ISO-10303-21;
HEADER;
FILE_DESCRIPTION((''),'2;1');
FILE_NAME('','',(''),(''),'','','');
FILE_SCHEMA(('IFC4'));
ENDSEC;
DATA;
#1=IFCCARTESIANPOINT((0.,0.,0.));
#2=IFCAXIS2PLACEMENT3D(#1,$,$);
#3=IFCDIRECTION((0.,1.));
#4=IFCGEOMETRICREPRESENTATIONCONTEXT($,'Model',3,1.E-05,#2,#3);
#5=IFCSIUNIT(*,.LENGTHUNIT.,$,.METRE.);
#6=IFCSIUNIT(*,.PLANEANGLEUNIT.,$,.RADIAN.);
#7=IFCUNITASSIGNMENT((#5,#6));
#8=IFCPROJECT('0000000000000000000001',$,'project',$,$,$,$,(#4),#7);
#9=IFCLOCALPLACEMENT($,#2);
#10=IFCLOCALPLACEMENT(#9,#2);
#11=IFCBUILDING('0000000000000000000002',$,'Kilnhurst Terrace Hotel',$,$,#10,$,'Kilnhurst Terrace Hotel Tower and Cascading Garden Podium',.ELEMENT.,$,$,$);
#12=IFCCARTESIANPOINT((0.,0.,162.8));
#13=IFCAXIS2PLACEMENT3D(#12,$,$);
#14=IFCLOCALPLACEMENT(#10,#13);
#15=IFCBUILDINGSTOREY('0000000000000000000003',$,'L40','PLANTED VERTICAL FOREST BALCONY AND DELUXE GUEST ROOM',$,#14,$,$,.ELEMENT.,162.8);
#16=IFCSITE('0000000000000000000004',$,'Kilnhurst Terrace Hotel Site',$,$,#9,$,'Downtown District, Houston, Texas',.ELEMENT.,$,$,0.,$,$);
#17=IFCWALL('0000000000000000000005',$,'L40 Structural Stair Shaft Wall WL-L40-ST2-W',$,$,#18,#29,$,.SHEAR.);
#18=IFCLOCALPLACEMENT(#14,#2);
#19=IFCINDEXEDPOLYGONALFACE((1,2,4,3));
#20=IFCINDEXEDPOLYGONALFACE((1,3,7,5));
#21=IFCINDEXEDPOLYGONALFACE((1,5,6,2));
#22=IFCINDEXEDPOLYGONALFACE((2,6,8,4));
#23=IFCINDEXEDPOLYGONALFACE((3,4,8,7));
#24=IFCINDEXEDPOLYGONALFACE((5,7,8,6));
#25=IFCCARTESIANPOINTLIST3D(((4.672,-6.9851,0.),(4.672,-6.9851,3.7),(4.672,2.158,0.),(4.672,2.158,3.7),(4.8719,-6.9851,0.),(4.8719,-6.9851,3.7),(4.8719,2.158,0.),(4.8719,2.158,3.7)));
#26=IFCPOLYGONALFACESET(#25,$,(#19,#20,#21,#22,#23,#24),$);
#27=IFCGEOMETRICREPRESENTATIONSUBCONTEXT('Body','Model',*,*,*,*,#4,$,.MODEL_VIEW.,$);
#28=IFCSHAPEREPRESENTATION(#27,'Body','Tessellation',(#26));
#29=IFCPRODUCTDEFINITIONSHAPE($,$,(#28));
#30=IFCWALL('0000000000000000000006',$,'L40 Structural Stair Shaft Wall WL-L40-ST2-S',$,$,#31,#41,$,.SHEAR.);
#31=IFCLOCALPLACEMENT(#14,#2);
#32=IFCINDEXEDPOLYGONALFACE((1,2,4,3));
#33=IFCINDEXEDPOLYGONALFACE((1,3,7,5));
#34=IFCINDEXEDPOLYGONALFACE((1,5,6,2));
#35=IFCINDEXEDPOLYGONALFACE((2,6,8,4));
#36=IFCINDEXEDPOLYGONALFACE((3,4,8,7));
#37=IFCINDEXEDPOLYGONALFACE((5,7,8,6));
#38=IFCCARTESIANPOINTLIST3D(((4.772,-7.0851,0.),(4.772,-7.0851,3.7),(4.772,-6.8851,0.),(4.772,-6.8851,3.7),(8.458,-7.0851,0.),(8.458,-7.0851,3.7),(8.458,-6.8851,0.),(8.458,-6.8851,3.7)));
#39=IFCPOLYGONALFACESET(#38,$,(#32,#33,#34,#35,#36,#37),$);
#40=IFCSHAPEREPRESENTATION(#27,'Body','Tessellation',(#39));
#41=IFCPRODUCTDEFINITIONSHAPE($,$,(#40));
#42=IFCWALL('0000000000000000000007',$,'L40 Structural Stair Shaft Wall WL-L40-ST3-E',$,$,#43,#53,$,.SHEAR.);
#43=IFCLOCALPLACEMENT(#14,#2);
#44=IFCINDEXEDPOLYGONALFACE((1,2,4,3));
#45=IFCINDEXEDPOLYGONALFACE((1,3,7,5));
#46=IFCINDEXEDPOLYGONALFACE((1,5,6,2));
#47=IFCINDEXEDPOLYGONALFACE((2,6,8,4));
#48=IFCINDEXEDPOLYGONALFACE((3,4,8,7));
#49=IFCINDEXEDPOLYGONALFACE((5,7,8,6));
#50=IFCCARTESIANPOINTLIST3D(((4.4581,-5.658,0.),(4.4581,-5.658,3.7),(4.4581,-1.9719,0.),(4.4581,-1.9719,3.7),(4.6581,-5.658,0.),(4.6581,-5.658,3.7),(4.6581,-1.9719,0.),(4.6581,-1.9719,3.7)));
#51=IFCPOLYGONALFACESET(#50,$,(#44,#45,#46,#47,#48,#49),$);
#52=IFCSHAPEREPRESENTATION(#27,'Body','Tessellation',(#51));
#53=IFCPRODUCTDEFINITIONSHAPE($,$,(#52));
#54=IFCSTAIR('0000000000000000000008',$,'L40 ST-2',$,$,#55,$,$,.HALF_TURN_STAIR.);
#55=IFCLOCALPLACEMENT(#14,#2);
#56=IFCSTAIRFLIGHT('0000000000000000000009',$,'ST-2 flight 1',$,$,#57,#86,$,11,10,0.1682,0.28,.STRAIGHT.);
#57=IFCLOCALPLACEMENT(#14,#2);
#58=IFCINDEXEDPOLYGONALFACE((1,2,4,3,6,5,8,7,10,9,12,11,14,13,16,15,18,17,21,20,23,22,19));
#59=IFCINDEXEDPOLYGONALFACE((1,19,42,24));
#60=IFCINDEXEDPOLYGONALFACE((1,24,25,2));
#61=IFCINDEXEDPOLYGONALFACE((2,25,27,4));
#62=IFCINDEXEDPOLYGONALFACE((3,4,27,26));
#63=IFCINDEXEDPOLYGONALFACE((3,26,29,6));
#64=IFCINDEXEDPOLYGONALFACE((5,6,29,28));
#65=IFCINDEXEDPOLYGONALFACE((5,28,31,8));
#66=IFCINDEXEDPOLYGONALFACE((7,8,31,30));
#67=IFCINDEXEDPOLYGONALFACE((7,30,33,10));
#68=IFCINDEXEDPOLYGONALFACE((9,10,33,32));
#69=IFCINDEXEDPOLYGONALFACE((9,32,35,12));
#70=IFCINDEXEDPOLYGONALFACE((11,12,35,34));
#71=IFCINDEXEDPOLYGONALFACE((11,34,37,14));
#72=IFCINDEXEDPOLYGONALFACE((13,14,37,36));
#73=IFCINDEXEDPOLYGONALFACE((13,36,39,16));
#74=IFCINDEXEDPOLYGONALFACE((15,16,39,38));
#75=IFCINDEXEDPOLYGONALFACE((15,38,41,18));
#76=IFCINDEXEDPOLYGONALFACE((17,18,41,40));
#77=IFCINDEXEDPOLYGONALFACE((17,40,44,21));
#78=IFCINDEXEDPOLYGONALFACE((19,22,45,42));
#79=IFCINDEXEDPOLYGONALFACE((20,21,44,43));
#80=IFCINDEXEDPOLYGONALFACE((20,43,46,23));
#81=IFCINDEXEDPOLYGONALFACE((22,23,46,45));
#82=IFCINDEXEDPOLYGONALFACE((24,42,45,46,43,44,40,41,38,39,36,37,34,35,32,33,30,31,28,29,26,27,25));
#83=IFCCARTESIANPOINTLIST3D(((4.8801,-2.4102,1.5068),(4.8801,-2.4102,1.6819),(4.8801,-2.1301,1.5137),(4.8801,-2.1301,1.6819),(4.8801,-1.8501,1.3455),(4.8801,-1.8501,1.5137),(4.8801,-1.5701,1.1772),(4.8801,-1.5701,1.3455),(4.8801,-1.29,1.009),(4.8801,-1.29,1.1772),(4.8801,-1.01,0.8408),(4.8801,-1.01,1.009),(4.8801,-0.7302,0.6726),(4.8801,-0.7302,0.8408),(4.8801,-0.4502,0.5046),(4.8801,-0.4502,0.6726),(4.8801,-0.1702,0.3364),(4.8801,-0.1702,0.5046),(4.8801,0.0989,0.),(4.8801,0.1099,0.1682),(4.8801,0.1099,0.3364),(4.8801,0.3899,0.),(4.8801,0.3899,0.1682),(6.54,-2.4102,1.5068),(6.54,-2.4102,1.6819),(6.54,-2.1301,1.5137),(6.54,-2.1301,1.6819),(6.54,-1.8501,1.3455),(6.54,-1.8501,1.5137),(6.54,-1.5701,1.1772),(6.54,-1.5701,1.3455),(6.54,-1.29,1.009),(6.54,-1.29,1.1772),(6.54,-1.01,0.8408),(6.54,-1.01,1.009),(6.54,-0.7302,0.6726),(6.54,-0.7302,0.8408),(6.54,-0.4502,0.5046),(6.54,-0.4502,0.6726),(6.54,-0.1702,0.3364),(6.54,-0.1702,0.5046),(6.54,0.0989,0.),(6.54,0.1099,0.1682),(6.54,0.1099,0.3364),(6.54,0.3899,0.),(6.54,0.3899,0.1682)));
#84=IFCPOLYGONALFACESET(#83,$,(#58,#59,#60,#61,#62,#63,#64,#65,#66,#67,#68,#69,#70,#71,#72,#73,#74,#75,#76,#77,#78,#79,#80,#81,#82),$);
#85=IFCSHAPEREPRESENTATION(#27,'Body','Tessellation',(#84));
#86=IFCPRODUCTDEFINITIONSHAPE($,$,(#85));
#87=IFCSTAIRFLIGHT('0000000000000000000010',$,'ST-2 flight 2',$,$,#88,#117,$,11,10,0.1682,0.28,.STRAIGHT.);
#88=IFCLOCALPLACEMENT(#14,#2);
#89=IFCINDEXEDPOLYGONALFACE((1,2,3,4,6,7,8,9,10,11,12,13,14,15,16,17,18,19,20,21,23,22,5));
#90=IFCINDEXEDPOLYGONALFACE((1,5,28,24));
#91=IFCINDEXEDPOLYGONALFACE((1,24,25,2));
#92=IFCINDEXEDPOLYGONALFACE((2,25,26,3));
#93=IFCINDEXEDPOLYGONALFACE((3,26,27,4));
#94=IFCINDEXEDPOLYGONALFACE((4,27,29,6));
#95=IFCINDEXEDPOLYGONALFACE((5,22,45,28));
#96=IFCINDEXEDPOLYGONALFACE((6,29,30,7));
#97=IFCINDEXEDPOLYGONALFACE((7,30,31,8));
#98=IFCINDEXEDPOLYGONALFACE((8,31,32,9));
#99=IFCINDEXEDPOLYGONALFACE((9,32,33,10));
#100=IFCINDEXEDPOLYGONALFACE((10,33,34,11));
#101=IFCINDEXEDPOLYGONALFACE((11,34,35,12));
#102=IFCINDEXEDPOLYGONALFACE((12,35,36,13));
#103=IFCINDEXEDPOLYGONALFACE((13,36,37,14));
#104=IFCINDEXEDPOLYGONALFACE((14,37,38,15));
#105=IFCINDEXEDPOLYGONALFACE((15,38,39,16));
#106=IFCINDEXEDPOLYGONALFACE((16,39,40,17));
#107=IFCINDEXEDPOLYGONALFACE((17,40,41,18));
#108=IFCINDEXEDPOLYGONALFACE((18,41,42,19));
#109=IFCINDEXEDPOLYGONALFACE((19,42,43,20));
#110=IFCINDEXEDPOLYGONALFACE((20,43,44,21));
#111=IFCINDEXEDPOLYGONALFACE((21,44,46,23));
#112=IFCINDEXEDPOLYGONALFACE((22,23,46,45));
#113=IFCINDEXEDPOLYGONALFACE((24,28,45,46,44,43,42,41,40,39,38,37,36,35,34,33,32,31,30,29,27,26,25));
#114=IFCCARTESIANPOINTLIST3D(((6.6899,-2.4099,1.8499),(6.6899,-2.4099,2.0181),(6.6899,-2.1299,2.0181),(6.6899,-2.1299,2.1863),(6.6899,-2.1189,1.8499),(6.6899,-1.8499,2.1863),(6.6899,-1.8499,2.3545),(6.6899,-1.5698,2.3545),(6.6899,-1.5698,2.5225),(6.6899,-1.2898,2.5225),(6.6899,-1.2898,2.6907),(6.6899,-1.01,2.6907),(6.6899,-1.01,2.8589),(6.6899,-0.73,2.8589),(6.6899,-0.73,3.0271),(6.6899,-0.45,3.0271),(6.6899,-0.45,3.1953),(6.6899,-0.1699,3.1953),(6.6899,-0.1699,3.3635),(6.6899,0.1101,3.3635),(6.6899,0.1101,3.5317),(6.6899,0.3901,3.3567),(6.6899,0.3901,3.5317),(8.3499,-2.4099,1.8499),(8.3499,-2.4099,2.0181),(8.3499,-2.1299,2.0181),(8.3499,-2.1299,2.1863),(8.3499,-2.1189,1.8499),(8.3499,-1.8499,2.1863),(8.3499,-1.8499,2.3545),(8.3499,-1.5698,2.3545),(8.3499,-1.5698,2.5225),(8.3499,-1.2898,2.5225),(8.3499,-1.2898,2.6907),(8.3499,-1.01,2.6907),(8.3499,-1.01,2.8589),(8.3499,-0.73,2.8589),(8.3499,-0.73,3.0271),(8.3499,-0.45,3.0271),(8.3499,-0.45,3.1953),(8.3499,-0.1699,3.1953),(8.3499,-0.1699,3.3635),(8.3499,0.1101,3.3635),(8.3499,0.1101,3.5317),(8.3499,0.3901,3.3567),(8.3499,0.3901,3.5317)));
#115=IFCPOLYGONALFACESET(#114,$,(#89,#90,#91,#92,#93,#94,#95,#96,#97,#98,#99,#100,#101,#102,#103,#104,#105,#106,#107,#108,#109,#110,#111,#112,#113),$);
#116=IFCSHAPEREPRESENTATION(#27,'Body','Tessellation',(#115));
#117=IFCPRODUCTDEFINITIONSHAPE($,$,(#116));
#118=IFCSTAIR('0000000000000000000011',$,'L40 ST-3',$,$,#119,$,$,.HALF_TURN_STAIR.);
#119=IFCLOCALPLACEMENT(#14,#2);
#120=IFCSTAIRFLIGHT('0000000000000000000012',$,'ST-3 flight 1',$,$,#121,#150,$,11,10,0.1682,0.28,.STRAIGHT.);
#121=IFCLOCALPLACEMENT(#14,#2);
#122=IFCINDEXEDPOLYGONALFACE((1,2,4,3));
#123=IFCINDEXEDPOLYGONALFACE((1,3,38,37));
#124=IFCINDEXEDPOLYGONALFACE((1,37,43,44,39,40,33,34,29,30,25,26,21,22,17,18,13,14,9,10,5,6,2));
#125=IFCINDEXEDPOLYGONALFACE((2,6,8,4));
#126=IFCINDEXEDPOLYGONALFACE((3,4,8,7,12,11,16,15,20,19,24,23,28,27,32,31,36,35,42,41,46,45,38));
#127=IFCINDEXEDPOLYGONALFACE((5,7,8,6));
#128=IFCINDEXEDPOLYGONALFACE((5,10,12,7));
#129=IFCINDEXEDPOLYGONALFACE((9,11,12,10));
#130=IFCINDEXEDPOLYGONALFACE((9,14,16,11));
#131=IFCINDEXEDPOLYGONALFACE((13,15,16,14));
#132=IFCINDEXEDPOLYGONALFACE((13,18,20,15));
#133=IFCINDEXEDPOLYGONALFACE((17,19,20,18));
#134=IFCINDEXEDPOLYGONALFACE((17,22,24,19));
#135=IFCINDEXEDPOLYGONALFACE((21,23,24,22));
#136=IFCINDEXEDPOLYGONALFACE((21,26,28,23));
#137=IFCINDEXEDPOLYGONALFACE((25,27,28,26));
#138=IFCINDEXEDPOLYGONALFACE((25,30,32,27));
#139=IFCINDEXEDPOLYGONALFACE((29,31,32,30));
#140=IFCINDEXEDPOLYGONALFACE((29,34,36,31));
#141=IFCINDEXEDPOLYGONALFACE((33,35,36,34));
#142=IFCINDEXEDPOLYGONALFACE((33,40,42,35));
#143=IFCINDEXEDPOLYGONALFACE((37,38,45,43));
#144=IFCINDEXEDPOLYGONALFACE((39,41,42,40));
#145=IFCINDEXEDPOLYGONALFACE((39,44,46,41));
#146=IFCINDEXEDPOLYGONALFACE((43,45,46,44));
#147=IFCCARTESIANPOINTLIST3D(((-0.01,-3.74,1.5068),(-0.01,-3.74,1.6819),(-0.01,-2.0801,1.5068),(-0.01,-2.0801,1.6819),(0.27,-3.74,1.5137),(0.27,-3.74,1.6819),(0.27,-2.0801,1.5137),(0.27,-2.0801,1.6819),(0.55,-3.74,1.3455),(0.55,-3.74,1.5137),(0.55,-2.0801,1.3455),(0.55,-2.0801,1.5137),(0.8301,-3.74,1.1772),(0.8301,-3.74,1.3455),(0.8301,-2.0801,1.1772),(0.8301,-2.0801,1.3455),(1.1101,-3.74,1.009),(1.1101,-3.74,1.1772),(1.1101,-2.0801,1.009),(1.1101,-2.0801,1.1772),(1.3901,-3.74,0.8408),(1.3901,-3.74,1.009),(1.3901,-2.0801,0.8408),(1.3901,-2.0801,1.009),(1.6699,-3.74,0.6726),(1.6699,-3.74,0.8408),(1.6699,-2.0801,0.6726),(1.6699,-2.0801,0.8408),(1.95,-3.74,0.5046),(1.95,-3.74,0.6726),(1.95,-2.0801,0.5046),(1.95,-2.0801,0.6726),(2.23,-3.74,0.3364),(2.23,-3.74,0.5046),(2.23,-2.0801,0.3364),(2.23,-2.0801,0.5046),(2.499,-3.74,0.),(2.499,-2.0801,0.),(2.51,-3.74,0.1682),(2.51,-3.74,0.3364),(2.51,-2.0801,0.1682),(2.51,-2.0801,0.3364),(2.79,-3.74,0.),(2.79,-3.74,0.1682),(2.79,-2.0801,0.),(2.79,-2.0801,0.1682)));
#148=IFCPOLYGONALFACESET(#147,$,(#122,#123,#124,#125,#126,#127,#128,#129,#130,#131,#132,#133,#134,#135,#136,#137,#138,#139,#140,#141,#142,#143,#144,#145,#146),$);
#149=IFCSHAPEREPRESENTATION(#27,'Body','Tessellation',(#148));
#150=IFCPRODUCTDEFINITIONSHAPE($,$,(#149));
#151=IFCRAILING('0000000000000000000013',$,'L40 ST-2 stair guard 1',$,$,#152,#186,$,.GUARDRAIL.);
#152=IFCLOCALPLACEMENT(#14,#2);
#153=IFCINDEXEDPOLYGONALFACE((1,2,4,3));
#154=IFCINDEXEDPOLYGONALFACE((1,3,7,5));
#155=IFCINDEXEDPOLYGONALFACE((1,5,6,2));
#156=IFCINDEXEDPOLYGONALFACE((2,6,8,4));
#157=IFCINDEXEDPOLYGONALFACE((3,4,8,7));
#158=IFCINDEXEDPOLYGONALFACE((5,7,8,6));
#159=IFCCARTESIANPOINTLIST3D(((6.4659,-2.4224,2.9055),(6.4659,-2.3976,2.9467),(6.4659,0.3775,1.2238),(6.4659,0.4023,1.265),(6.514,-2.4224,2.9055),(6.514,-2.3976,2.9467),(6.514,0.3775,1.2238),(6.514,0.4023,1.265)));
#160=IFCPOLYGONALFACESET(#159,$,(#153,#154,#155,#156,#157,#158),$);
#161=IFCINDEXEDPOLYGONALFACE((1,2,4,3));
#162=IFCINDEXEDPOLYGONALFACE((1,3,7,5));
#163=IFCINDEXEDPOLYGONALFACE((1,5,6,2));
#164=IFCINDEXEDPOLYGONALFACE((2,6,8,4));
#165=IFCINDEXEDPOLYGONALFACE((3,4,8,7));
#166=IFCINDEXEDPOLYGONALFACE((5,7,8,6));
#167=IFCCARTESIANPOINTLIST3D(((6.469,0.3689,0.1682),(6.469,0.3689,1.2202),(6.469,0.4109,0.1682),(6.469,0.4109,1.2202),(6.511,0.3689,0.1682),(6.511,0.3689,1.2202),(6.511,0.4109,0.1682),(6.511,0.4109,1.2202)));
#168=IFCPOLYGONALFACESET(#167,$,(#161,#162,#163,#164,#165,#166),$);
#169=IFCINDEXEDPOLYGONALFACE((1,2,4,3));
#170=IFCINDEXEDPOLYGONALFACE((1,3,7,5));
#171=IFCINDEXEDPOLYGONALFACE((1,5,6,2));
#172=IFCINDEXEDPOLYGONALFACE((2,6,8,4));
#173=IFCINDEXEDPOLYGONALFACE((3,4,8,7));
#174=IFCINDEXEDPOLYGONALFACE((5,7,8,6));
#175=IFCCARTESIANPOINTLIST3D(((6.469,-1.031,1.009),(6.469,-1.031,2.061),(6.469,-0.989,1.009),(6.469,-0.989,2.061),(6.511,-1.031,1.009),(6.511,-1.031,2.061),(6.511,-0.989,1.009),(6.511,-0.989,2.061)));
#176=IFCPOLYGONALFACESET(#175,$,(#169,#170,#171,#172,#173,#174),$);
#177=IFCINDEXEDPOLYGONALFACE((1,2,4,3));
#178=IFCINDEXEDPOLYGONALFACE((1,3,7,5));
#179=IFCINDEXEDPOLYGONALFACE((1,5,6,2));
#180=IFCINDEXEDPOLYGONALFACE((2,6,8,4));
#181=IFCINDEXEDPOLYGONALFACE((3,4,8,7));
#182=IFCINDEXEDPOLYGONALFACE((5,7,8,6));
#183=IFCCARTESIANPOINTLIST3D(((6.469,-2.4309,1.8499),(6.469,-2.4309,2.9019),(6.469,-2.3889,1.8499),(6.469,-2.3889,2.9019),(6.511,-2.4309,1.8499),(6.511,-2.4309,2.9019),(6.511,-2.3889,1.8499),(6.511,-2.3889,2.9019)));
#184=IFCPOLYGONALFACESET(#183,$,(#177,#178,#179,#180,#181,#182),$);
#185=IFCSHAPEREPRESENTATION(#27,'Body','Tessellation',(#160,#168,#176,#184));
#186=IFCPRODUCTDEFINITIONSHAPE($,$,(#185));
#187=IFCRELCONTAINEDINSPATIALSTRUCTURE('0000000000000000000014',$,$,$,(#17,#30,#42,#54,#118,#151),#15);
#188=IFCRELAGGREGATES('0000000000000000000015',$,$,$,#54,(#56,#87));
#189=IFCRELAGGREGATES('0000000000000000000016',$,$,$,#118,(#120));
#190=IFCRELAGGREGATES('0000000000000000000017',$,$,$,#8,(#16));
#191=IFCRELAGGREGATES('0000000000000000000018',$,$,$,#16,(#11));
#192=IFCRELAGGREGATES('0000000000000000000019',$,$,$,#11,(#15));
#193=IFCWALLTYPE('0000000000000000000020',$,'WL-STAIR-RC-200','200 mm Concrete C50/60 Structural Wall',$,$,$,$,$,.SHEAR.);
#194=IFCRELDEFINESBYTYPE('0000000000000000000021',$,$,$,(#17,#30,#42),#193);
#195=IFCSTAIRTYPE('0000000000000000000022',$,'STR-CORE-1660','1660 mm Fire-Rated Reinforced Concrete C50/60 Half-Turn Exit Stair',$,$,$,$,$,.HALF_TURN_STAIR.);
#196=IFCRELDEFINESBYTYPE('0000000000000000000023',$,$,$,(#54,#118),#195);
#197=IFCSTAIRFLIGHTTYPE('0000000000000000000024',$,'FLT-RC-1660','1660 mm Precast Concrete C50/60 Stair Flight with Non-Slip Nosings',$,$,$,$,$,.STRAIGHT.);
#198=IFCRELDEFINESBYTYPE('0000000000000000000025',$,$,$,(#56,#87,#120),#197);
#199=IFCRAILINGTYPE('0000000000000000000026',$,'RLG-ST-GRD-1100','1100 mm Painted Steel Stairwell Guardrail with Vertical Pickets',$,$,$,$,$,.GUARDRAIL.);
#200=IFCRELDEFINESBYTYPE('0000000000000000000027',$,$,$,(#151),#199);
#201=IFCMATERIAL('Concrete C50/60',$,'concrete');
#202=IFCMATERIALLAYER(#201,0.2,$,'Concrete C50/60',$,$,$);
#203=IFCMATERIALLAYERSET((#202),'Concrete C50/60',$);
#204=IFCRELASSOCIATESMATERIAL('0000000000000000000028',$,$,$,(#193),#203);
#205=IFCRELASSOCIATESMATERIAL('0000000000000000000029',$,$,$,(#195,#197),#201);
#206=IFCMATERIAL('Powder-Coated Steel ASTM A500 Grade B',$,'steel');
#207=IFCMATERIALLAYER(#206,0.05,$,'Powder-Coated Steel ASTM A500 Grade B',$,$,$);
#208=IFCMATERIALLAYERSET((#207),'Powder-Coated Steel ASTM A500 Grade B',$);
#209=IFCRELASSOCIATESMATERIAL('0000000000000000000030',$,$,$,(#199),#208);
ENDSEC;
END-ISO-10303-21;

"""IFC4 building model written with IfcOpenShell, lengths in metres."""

from ifc_helpers import new_model, si_unit, direction, frame, frame_2d, origin, origin_2d, place, context, subcontext, project, spatial, polyline, rectangle, outline, extrude, material, layer, layer_set, type_object, element, aggregate, save


model = new_model("IFC4")

# Units and contexts
model_context = context("Model", 3, precision=1e-05, world=origin(), true_north=direction((0.0, 1.0)))
body_context = subcontext(model_context, "Body", "Model", "MODEL_VIEW")
ifc_project = project(units=[si_unit("LENGTHUNIT", "METRE"), si_unit("PLANEANGLEUNIT", "RADIAN")], contexts=[model_context])

# Site, building, storey
site_placement = place(None, origin())
site = spatial("IfcSite", under=ifc_project, at=site_placement, Name="Kilnhurst Terrace Hotel Site", LongName="Downtown District, Houston, Texas", CompositionType="ELEMENT", RefElevation=0.0)
building_placement = place(site_placement, origin())
building = spatial("IfcBuilding", under=site, at=building_placement, Name="Kilnhurst Terrace Hotel", LongName="Kilnhurst Terrace Hotel Tower and Cascading Garden Podium", CompositionType="ELEMENT")
storey_placement = place(building_placement, frame((0.0, 0.0, 162.8)))
storey = spatial("IfcBuildingStorey", under=building, at=storey_placement, Name="L40", Description="PLANTED VERTICAL FOREST BALCONY AND DELUXE GUEST ROOM", CompositionType="ELEMENT", Elevation=162.8)

# Shared definitions
ifc_material_1 = material(Name="Concrete C50/60", Category="concrete")

# Walls
ifc_layer_1 = layer(ifc_material_1, 0.2, Name="Concrete C50/60")
ifc_layer_set_1 = layer_set([ifc_layer_1], Name="Concrete C50/60")
wall_type_1 = type_object("IfcWallType", Name="WL-STAIR-RC-200", Description="200 mm Concrete C50/60 Structural Wall", PredefinedType="SHEAR", material=ifc_layer_set_1)
wall_1_placement = place(storey_placement, frame((4.772, -6.9851, 0.0), z_axis=(0.0, 0.0, 1.0), x_axis=(0.0, 1.0, 0.0)))
element("IfcWall", 1, at=wall_1_placement, inside=storey, type_object=wall_type_1, Name="L40 Structural Stair Shaft Wall WL-L40-ST2-W", PredefinedType="SHEAR", context=body_context, shape_type="SweptSolid", body=[
    extrude(rectangle(XDim=9.1431, YDim=0.2, at=frame_2d((4.5715, 0.0))), origin(), (0.0, 0.0, 1.0), 3.7),
])
for number, where, z_axis, x_axis, name in (
    (2, (4.772, -6.9851, 0.0), (0.0, 0.0, 1.0), (1.0, 0.0, 0.0), "L40 Structural Stair Shaft Wall WL-L40-ST2-S"),
    (3, (4.5581, -5.658, 0.0), (0.0, 0.0, 1.0), (0.0, 1.0, 0.0), "L40 Structural Stair Shaft Wall WL-L40-ST3-E"),
):
    element("IfcWall", number, at=place(storey_placement, frame(where, z_axis=z_axis, x_axis=x_axis)), inside=storey, type_object=wall_type_1, Name=name, PredefinedType="SHEAR", context=body_context, shape_type="SweptSolid", body=[
        extrude(rectangle(XDim=3.686, YDim=0.2, at=frame_2d((1.843, 0.0))), origin(), (0.0, 0.0, 1.0), 3.7),
    ])

# Stair, stair flights
stair_type = type_object("IfcStairType", Name="STR-CORE-1660", Description="1660 mm Fire-Rated Reinforced Concrete C50/60 Half-Turn Exit Stair", PredefinedType="HALF_TURN_STAIR", material=ifc_material_1)
stair_1_placement = place(storey_placement, origin())
stair_1 = element("IfcStair", 4, at=stair_1_placement, inside=storey, type_object=stair_type, Name="L40 ST-2", PredefinedType="HALF_TURN_STAIR")
stair_flight_type = type_object("IfcStairFlightType", Name="FLT-RC-1660", Description="1660 mm Precast Concrete C50/60 Stair Flight with Non-Slip Nosings", PredefinedType="STRAIGHT", material=ifc_material_1)
stair_flight_1_placement = place(storey_placement, frame((5.71, 0.3899, 0.0), z_axis=(0.0, 0.0, 1.0), x_axis=(0.0, -1.0, 0.0)))
stair_flight_1 = element("IfcStairFlight", 5, at=stair_flight_1_placement, type_object=stair_flight_type, Name="ST-2 flight 1", NumberOfRisers=11, NumberOfTreads=10, PredefinedType="STRAIGHT", RiserHeight=0.1682, TreadLength=0.28, context=body_context, shape_type="SweptSolid", body=[
    extrude(outline(polyline([(0.0, 0.0), (0.0, 0.1682), (0.28, 0.1682), (0.28, 0.3364), (0.5601, 0.3364), (0.5601, 0.5046), (0.8401, 0.5046), (0.8401, 0.6726), (1.1201, 0.6726), (1.1201, 0.8408), (1.3999, 0.8408), (1.3999, 1.009), (1.6799, 1.009), (1.6799, 1.1772), (1.96, 1.1772), (1.96, 1.3455), (2.24, 1.3455), (2.24, 1.5137), (2.52, 1.5137), (2.52, 1.6819), (2.8, 1.6819), (2.8, 1.8501), (2.8, 1.5068), (0.291, 0.0), (0.0, 0.0)])), frame((0.0, 0.8301, 0.0), z_axis=(0.0, -1.0, 0.0), x_axis=(1.0, 0.0, 0.0)), (0.0, 0.0, 1.0), 1.6599),
])
stair_flight_2_placement = place(storey_placement, frame((7.52, -2.4099, 1.8499), z_axis=(0.0, 0.0, 1.0), x_axis=(0.0, 1.0, 0.0)))
stair_flight_2 = element("IfcStairFlight", 6, at=stair_flight_2_placement, type_object=stair_flight_type, Name="ST-2 flight 2", NumberOfRisers=11, NumberOfTreads=10, PredefinedType="STRAIGHT", RiserHeight=0.1682, TreadLength=0.28, context=body_context, shape_type="SweptSolid", body=[
    extrude(outline(polyline([(0.0, 0.0), (0.0, 0.1682), (0.28, 0.1682), (0.28, 0.3364), (0.5601, 0.3364), (0.5601, 0.5046), (0.8401, 0.5046), (0.8401, 0.6726), (1.1201, 0.6726), (1.1201, 0.8408), (1.3999, 0.8408), (1.3999, 1.009), (1.6799, 1.009), (1.6799, 1.1772), (1.96, 1.1772), (1.96, 1.3455), (2.24, 1.3455), (2.24, 1.5137), (2.52, 1.5137), (2.52, 1.6819), (2.8, 1.6819), (2.8, 1.8501), (2.8, 1.5068), (0.291, 0.0), (0.0, 0.0)])), frame((0.0, 0.8301, 0.0), z_axis=(0.0, -1.0, 0.0), x_axis=(1.0, 0.0, 0.0)), (0.0, 0.0, 1.0), 1.6599),
])
aggregate(stair_1, [stair_flight_1, stair_flight_2])

# Stair, stair flight
stair_2_placement = place(storey_placement, origin())
stair_2 = element("IfcStair", 7, at=stair_2_placement, inside=storey, type_object=stair_type, Name="L40 ST-3", PredefinedType="HALF_TURN_STAIR")
stair_flight_3_placement = place(storey_placement, frame((2.79, -2.9099, 0.0), z_axis=(0.0, 0.0, 1.0), x_axis=(-1.0, 0.0, 0.0)))
stair_flight_3 = element("IfcStairFlight", 8, at=stair_flight_3_placement, type_object=stair_flight_type, Name="ST-3 flight 1", NumberOfRisers=11, NumberOfTreads=10, PredefinedType="STRAIGHT", RiserHeight=0.1682, TreadLength=0.28, context=body_context, shape_type="SweptSolid", body=[
    extrude(outline(polyline([(0.0, 0.0), (0.0, 0.1682), (0.28, 0.1682), (0.28, 0.3364), (0.5601, 0.3364), (0.5601, 0.5046), (0.8401, 0.5046), (0.8401, 0.6726), (1.1201, 0.6726), (1.1201, 0.8408), (1.3999, 0.8408), (1.3999, 1.009), (1.6799, 1.009), (1.6799, 1.1772), (1.96, 1.1772), (1.96, 1.3455), (2.24, 1.3455), (2.24, 1.5137), (2.52, 1.5137), (2.52, 1.6819), (2.8, 1.6819), (2.8, 1.8501), (2.8, 1.5068), (0.291, 0.0), (0.0, 0.0)])), frame((0.0, 0.8301, 0.0), z_axis=(0.0, -1.0, 0.0), x_axis=(1.0, 0.0, 0.0)), (0.0, 0.0, 1.0), 1.6599),
])
aggregate(stair_2, [stair_flight_3])

# Railing
ifc_material_2 = material(Name="Powder-Coated Steel ASTM A500 Grade B", Category="steel")
ifc_layer_2 = layer(ifc_material_2, 0.05, Name="Powder-Coated Steel ASTM A500 Grade B")
ifc_layer_set_2 = layer_set([ifc_layer_2], Name="Powder-Coated Steel ASTM A500 Grade B")
railing_type_1 = type_object("IfcRailingType", Name="RLG-ST-GRD-1100", Description="1100 mm Painted Steel Stairwell Guardrail with Vertical Pickets", PredefinedType="GUARDRAIL", material=ifc_layer_set_2)
railing_1_placement = place(storey_placement, frame((6.49, 0.3899, 0.1682)))
element("IfcRailing", 9, at=railing_1_placement, inside=storey, type_object=railing_type_1, Name="L40 ST-2 stair guard 1", PredefinedType="GUARDRAIL", context=body_context, shape_type="SweptSolid", body=[
    extrude(rectangle(XDim=0.0481, YDim=0.0481, at=origin_2d()), frame((0.0, 0.0, 1.0762), z_axis=(0.0, -0.857255, 0.514891), x_axis=(1.0, 0.0, 0.0)), (0.0, 0.0, 1.0), 3.2661),
    extrude(rectangle(XDim=0.042, YDim=0.042, at=origin_2d()), origin(), (0.0, 0.0, 1.0), 1.052),
    extrude(rectangle(XDim=0.042, YDim=0.042, at=origin_2d()), frame((0.0, -1.3999, 0.8408)), (0.0, 0.0, 1.0), 1.052),
    extrude(rectangle(XDim=0.042, YDim=0.042, at=origin_2d()), frame((0.0, -2.7998, 1.6816)), (0.0, 0.0, 1.0), 1.052),
])

save(model, "model.ifc")
